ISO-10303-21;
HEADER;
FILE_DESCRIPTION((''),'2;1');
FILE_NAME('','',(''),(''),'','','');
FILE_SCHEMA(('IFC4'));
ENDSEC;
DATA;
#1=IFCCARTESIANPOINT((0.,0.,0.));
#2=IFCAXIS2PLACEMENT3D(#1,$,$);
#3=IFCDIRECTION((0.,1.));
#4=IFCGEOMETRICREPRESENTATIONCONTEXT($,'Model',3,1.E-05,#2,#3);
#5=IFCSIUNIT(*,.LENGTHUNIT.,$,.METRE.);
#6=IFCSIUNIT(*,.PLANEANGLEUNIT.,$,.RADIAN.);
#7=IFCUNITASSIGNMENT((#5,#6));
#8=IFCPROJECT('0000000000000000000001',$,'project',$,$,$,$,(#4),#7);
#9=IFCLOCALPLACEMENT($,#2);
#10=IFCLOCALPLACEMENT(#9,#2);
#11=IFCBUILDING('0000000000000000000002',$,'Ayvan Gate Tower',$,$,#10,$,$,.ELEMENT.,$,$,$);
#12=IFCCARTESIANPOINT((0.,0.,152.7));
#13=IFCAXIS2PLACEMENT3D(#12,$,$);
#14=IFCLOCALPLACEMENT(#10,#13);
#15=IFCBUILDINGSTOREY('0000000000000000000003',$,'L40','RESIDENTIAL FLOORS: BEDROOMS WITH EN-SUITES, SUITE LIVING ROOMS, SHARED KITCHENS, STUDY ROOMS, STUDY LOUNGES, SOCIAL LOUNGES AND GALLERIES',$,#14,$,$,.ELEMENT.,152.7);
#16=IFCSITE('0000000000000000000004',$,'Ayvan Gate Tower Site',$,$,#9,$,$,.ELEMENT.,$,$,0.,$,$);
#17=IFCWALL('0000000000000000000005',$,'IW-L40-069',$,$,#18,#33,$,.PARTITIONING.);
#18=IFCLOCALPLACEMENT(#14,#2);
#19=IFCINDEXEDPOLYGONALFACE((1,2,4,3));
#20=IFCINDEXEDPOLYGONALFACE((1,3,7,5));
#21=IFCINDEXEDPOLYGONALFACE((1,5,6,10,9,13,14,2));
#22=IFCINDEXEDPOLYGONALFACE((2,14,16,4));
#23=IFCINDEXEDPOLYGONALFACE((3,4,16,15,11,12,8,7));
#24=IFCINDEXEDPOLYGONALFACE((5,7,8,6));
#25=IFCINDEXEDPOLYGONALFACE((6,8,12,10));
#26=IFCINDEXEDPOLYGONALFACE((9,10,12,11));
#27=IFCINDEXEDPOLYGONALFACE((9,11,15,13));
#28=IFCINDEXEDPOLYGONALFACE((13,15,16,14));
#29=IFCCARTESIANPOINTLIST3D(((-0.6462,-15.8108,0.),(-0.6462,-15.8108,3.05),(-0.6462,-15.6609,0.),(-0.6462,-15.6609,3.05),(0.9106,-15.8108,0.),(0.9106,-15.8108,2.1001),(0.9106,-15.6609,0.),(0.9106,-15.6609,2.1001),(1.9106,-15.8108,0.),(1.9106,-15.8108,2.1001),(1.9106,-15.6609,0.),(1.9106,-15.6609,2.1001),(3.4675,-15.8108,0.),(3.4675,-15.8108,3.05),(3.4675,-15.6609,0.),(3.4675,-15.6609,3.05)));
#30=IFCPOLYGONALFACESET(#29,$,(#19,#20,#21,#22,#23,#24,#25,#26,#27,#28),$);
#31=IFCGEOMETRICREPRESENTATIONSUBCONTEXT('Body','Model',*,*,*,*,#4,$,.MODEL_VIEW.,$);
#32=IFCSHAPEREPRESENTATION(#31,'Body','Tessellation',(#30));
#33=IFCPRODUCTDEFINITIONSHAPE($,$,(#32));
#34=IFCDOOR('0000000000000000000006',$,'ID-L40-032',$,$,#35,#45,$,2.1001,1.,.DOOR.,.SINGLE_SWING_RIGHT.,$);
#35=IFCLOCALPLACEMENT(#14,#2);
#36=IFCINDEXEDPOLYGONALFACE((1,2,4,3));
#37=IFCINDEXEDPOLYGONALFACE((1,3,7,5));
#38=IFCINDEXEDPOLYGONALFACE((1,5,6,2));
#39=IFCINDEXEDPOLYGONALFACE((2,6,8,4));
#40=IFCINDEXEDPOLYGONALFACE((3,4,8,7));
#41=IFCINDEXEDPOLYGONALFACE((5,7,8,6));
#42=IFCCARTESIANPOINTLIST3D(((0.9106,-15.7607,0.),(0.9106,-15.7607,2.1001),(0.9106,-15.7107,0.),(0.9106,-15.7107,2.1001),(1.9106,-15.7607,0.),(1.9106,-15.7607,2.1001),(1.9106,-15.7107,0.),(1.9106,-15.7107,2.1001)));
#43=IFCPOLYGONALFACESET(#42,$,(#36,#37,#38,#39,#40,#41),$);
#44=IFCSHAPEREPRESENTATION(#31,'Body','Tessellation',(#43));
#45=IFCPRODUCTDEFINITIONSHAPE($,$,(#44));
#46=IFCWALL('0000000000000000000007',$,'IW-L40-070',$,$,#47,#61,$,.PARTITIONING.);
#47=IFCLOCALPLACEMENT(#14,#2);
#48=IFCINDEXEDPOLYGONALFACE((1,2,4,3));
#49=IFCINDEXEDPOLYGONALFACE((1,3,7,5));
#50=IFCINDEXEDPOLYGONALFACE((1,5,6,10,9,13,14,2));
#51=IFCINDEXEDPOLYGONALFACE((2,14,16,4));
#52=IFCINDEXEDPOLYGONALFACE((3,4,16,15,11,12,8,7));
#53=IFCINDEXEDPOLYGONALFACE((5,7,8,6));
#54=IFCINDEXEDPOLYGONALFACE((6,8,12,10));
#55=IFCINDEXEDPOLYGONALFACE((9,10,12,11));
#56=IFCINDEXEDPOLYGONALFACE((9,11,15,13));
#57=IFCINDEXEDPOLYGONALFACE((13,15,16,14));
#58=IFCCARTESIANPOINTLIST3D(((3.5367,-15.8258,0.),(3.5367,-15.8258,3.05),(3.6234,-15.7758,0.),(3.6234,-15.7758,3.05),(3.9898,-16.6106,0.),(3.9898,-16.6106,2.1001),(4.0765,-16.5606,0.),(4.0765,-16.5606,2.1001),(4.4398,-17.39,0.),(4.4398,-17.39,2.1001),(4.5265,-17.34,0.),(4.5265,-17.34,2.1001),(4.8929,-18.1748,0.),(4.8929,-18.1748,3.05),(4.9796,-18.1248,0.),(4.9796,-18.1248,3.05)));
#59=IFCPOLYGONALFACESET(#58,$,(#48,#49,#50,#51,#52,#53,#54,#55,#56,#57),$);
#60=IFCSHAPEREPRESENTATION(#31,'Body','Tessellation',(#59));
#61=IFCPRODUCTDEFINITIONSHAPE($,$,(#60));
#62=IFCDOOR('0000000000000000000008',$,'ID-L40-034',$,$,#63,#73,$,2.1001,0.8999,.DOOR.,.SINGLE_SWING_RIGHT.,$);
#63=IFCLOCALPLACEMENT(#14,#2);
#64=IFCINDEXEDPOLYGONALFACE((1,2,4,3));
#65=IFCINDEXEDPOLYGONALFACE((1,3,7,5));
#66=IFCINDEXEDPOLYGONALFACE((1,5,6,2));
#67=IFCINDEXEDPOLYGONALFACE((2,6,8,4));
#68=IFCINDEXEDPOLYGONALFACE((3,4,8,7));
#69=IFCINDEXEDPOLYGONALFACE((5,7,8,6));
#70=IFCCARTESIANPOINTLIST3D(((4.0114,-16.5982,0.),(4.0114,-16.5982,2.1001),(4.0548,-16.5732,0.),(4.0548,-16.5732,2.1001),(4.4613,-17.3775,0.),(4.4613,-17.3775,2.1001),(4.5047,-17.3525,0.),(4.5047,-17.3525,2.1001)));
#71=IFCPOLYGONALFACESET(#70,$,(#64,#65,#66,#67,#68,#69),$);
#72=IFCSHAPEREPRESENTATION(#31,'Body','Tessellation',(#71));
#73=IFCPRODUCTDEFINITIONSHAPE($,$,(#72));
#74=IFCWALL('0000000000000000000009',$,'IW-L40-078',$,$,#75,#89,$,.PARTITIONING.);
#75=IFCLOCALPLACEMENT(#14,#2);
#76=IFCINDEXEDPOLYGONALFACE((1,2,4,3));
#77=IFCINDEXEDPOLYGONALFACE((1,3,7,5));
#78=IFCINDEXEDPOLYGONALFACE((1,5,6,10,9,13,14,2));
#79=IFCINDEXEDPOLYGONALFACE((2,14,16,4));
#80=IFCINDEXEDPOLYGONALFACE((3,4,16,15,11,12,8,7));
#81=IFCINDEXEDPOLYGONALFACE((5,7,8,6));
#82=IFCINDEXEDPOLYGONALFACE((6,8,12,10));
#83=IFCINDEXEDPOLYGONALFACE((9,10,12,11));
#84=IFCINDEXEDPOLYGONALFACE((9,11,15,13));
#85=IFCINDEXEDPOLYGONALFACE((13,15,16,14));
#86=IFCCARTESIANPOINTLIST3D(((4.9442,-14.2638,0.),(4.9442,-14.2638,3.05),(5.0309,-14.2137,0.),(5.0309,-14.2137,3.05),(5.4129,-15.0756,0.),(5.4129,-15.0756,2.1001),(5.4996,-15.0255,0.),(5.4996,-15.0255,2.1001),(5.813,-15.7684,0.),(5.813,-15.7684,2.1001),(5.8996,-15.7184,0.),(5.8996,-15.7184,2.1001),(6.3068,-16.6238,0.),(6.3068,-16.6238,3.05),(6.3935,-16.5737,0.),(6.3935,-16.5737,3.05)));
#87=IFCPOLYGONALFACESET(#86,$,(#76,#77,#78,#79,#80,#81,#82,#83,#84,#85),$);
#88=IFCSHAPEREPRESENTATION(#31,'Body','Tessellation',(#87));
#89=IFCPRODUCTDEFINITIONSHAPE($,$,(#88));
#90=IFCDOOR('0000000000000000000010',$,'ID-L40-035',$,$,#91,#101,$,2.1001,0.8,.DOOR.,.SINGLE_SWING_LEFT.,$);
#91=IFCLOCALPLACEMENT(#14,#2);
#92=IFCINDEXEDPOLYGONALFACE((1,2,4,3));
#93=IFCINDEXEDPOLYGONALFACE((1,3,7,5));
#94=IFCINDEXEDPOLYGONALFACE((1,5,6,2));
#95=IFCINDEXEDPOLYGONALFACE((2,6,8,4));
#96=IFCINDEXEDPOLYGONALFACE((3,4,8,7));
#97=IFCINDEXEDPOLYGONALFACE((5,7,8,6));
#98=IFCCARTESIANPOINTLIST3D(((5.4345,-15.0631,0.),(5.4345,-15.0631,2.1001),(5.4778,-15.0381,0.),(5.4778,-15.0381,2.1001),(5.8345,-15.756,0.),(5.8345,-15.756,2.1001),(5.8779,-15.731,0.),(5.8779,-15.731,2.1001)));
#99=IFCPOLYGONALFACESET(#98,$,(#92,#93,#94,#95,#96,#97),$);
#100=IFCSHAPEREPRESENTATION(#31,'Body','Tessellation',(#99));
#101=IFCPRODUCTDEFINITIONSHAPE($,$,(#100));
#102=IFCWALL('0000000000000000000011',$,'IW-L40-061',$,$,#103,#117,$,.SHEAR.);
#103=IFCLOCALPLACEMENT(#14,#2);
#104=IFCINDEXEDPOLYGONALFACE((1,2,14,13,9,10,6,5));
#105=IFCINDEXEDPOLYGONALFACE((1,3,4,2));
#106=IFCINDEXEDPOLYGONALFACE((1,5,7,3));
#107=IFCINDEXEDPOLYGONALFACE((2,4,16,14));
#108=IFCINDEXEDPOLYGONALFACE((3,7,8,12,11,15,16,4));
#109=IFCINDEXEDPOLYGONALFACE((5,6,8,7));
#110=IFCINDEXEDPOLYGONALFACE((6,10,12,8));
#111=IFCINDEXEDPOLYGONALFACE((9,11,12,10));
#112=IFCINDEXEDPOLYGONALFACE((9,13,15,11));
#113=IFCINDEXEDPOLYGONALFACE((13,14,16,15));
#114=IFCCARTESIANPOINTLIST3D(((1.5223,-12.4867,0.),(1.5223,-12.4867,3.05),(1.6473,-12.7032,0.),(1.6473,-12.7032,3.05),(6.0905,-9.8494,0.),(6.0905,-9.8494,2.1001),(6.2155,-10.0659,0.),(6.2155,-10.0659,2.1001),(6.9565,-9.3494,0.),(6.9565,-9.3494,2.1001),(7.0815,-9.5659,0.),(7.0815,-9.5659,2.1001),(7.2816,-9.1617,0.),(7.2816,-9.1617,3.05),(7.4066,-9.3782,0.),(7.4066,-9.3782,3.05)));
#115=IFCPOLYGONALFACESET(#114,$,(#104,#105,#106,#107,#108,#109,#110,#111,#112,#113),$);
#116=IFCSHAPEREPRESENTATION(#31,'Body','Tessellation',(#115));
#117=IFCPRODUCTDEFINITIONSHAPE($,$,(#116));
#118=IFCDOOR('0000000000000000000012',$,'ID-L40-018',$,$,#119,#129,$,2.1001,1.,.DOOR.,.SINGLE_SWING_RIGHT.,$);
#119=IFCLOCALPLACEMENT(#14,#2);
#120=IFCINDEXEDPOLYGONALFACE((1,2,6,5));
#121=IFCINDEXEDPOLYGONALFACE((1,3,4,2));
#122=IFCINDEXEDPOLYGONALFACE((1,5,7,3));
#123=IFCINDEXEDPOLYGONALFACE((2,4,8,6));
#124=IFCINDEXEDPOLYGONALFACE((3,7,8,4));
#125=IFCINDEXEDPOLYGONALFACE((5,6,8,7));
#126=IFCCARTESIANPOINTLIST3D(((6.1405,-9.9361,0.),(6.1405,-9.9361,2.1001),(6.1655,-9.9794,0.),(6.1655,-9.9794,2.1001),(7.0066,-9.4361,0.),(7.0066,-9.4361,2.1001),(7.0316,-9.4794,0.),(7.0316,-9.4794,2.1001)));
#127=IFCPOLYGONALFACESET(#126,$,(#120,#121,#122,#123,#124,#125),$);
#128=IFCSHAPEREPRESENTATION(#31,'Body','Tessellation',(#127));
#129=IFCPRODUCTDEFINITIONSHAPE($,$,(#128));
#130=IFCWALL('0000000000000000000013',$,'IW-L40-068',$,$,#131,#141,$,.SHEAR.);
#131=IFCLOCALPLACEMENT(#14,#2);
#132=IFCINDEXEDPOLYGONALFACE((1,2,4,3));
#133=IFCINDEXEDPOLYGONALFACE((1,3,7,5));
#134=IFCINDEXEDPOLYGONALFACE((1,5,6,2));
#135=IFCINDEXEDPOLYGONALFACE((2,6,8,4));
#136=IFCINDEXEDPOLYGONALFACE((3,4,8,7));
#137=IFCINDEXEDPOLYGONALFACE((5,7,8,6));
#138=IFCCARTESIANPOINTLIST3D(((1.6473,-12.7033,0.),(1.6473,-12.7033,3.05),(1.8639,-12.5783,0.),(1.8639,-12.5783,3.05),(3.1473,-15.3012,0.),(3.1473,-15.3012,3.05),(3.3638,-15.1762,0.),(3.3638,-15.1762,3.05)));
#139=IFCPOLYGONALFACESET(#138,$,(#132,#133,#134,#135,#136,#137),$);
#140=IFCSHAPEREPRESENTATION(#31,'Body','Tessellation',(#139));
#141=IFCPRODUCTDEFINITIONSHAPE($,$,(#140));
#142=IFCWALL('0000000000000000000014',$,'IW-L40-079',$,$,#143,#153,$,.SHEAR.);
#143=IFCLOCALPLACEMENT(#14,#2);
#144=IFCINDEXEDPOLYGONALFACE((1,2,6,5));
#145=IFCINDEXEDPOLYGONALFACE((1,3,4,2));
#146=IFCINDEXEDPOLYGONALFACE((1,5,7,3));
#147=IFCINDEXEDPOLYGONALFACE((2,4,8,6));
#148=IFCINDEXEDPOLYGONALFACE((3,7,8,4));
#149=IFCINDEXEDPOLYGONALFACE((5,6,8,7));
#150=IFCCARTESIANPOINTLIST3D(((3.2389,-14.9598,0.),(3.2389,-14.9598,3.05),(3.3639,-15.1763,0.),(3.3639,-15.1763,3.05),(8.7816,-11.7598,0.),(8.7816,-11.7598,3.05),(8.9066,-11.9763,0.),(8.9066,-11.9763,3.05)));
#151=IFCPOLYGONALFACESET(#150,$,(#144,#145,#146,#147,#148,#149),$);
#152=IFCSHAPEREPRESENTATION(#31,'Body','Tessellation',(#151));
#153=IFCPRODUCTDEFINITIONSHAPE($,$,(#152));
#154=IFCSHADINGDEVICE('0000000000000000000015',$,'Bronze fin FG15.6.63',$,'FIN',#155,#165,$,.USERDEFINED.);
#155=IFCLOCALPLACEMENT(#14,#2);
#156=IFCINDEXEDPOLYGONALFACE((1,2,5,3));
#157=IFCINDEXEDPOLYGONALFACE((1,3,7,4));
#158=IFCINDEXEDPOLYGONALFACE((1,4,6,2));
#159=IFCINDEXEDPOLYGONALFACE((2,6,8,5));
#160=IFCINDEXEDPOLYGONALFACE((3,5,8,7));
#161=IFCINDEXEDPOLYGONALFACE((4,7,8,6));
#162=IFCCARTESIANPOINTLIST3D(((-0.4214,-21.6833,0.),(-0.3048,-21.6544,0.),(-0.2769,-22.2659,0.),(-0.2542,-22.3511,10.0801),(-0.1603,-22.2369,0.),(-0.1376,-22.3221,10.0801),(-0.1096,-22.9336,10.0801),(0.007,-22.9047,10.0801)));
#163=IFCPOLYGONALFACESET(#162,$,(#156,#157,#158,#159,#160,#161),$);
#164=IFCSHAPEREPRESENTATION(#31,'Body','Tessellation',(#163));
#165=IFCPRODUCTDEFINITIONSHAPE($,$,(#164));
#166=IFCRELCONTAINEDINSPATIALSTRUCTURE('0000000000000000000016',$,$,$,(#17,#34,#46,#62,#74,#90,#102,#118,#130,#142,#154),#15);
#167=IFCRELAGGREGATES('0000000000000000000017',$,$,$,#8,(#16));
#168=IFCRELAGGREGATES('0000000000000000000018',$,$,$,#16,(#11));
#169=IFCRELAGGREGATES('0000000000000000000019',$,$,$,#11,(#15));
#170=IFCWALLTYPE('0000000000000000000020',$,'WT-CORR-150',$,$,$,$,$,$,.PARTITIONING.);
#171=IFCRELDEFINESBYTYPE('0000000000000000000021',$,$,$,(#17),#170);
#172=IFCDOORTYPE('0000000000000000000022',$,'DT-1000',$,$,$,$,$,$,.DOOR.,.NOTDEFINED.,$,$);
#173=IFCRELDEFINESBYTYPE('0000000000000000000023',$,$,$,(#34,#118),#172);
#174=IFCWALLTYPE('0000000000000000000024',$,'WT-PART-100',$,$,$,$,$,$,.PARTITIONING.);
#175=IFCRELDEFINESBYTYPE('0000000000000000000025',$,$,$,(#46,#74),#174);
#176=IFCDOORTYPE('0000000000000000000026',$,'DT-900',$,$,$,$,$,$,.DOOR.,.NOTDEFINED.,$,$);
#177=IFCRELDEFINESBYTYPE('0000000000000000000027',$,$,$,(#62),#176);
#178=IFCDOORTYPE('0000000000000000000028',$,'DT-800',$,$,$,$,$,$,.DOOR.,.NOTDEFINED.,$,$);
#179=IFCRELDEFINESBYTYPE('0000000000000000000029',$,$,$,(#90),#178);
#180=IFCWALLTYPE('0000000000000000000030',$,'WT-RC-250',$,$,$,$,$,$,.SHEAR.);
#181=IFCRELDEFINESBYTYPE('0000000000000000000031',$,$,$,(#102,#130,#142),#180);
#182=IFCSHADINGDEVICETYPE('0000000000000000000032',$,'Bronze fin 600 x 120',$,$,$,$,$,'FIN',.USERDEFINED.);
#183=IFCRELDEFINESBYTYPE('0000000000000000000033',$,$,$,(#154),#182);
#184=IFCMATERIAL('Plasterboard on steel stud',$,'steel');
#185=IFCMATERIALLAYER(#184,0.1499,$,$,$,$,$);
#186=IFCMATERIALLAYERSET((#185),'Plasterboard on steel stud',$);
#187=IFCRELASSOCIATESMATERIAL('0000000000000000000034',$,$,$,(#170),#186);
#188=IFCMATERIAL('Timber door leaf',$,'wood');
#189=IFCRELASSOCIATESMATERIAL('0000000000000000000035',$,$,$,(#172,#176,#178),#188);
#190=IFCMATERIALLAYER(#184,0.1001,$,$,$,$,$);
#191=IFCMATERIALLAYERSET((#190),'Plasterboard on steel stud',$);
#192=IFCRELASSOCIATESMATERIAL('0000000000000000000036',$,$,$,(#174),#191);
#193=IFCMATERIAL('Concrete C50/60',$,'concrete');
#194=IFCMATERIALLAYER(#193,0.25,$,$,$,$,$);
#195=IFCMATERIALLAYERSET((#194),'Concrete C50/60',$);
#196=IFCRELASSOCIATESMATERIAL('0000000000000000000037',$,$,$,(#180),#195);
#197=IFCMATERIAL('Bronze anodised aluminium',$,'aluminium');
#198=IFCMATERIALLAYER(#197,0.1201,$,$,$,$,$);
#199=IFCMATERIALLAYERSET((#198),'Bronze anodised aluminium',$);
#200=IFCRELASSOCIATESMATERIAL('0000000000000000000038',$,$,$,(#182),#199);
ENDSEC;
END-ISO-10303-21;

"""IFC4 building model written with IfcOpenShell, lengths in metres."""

from ifc_helpers import new_model, si_unit, direction, frame, frame_2d, origin, place, context, subcontext, project, spatial, polyline, rectangle, outline, extrude, material, layer, layer_set, type_object, element, fill, save


model = new_model("IFC4")

# Units and contexts
model_context = context("Model", 3, precision=1e-05, world=origin(), true_north=direction((0.0, 1.0)))
body_context = subcontext(model_context, "Body", "Model", "MODEL_VIEW")
ifc_project = project(units=[si_unit("LENGTHUNIT", "METRE"), si_unit("PLANEANGLEUNIT", "RADIAN")], contexts=[model_context])

# Site, building, storey
site_placement = place(None, origin())
site = spatial("IfcSite", under=ifc_project, at=site_placement, Name="Ayvan Gate Tower Site", CompositionType="ELEMENT", RefElevation=0.0)
building_placement = place(site_placement, origin())
building = spatial("IfcBuilding", under=site, at=building_placement, Name="Ayvan Gate Tower", CompositionType="ELEMENT")
storey_placement = place(building_placement, frame((0.0, 0.0, 152.7)))
storey = spatial("IfcBuildingStorey", under=building, at=storey_placement, Name="L40", Description="RESIDENTIAL FLOORS: BEDROOMS WITH EN-SUITES, SUITE LIVING ROOMS, SHARED KITCHENS, STUDY ROOMS, STUDY LOUNGES, SOCIAL LOUNGES AND GALLERIES", CompositionType="ELEMENT", Elevation=152.7)

# Shared definitions
ifc_material_1 = material(Name="Bronze anodised aluminium", Category="aluminium")

# Shared definitions
ifc_material_2 = material(Name="Plasterboard on steel stud", Category="steel")
ifc_layer_1 = layer(ifc_material_2, 0.1499)
ifc_layer_set_1 = layer_set([ifc_layer_1], Name="Plasterboard on steel stud")
wall_type_1 = type_object("IfcWallType", Name="WT-CORR-150", PredefinedType="PARTITIONING", material=ifc_layer_set_1)

# Walls, openings, doors
wall_1_placement = place(storey_placement, frame((3.4675, -15.7358, 0.0), z_axis=(0.0, 0.0, 1.0), x_axis=(-1.0, 0.0, 0.0)))
wall_1 = element("IfcWall", 1, at=wall_1_placement, inside=storey, type_object=wall_type_1, Name="IW-L40-069", PredefinedType="PARTITIONING", context=body_context, shape_type="SweptSolid", body=[
    extrude(rectangle(XDim=4.1138, YDim=0.1499, at=frame_2d((2.0569, 0.0))), origin(), (0.0, 0.0, 1.0), 3.05),
])
opening_1_placement = place(wall_1_placement, frame((1.5569, 0.0, 0.0)))
opening_1 = element("IfcOpeningElement", 2, at=opening_1_placement, cuts=wall_1, PredefinedType="OPENING", context=body_context, shape_type="SweptSolid", body=[
    extrude(rectangle(XDim=1.0, YDim=2.1001, at=frame_2d((0.5, 1.05))), frame((0.0, 0.085, 0.0), z_axis=(0.0, -1.0, 0.0), x_axis=(1.0, 0.0, 0.0)), (0.0, 0.0, 1.0), 0.1699),
])
ifc_material_3 = material(Name="Timber door leaf", Category="wood")
door_type_1 = type_object("IfcDoorType", Name="DT-1000", OperationType="NOTDEFINED", PredefinedType="DOOR", material=ifc_material_3)
door_1_placement = place(opening_1_placement, origin())
door_1 = element("IfcDoor", 3, at=door_1_placement, inside=storey, type_object=door_type_1, Name="ID-L40-032", OperationType="SINGLE_SWING_RIGHT", OverallHeight=2.1001, OverallWidth=1.0, PredefinedType="DOOR", context=body_context, shape_type="SweptSolid", body=[
    extrude(rectangle(XDim=1.0, YDim=2.1001, at=frame_2d((0.5, 1.05))), frame((0.0, 0.0249, 0.0), z_axis=(0.0, -1.0, 0.0), x_axis=(1.0, 0.0, 0.0)), (0.0, 0.0, 1.0), 0.05),
])
fill(opening_1, door_1)
ifc_layer_2 = layer(ifc_material_2, 0.1001)
ifc_layer_set_2 = layer_set([ifc_layer_2], Name="Plasterboard on steel stud")
wall_type_2 = type_object("IfcWallType", Name="WT-PART-100", PredefinedType="PARTITIONING", material=ifc_layer_set_2)
wall_2_placement = place(storey_placement, frame((3.5801, -15.8008, 0.0), z_axis=(0.0, 0.0, 1.0), x_axis=(0.499982, -0.866036, 0.0)))
wall_2 = element("IfcWall", 4, at=wall_2_placement, inside=storey, type_object=wall_type_2, Name="IW-L40-070", PredefinedType="PARTITIONING", context=body_context, shape_type="SweptSolid", body=[
    extrude(rectangle(XDim=2.7124, YDim=0.1001, at=frame_2d((1.3562, 0.0))), origin(), (0.0, 0.0, 1.0), 3.05),
])
opening_2_placement = place(wall_2_placement, frame((0.9062, 0.0, 0.0)))
opening_2 = element("IfcOpeningElement", 5, at=opening_2_placement, cuts=wall_2, PredefinedType="OPENING", context=body_context, shape_type="SweptSolid", body=[
    extrude(rectangle(XDim=0.8999, YDim=2.1001, at=frame_2d((0.45, 1.05))), frame((0.0, 0.0601, 0.0), z_axis=(0.0, -1.0, 0.0), x_axis=(1.0, 0.0, 0.0)), (0.0, 0.0, 1.0), 0.1201),
])
door_type_2 = type_object("IfcDoorType", Name="DT-900", OperationType="NOTDEFINED", PredefinedType="DOOR", material=ifc_material_3)
door_2_placement = place(opening_2_placement, origin())
door_2 = element("IfcDoor", 6, at=door_2_placement, inside=storey, type_object=door_type_2, Name="ID-L40-034", OperationType="SINGLE_SWING_RIGHT", OverallHeight=2.1001, OverallWidth=0.8999, PredefinedType="DOOR", context=body_context, shape_type="SweptSolid", body=[
    extrude(rectangle(XDim=0.8999, YDim=2.1001, at=frame_2d((0.45, 1.05))), frame((0.0, 0.0249, 0.0), z_axis=(0.0, -1.0, 0.0), x_axis=(1.0, 0.0, 0.0)), (0.0, 0.0, 1.0), 0.05),
])
fill(opening_2, door_2)
wall_3_placement = place(storey_placement, frame((4.9875, -14.2388, 0.0), z_axis=(0.0, 0.0, 1.0), x_axis=(0.500022, -0.866013, 0.0)))
wall_3 = element("IfcWall", 7, at=wall_3_placement, inside=storey, type_object=wall_type_2, Name="IW-L40-078", PredefinedType="PARTITIONING", context=body_context, shape_type="SweptSolid", body=[
    extrude(rectangle(XDim=2.7251, YDim=0.1001, at=frame_2d((1.3625, 0.0))), origin(), (0.0, 0.0, 1.0), 3.05),
])
opening_3_placement = place(wall_3_placement, frame((0.9375, 0.0, 0.0)))
opening_3 = element("IfcOpeningElement", 8, at=opening_3_placement, cuts=wall_3, PredefinedType="OPENING", context=body_context, shape_type="SweptSolid", body=[
    extrude(rectangle(XDim=0.8, YDim=2.1001, at=frame_2d((0.3999, 1.05))), frame((0.0, 0.0601, 0.0), z_axis=(0.0, -1.0, 0.0), x_axis=(1.0, 0.0, 0.0)), (0.0, 0.0, 1.0), 0.1201),
])
door_type_3 = type_object("IfcDoorType", Name="DT-800", OperationType="NOTDEFINED", PredefinedType="DOOR", material=ifc_material_3)
door_3_placement = place(opening_3_placement, origin())
door_3 = element("IfcDoor", 9, at=door_3_placement, inside=storey, type_object=door_type_3, Name="ID-L40-035", OperationType="SINGLE_SWING_LEFT", OverallHeight=2.1001, OverallWidth=0.8, PredefinedType="DOOR", context=body_context, shape_type="SweptSolid", body=[
    extrude(rectangle(XDim=0.8, YDim=2.1001, at=frame_2d((0.3999, 1.05))), frame((0.0, 0.0249, 0.0), z_axis=(0.0, -1.0, 0.0), x_axis=(1.0, 0.0, 0.0)), (0.0, 0.0, 1.0), 0.05),
])
fill(opening_3, door_3)
ifc_material_4 = material(Name="Concrete C50/60", Category="concrete")
ifc_layer_3 = layer(ifc_material_4, 0.25)
ifc_layer_set_3 = layer_set([ifc_layer_3], Name="Concrete C50/60")
wall_type_3 = type_object("IfcWallType", Name="WT-RC-250", PredefinedType="SHEAR", material=ifc_layer_set_3)
wall_4_placement = place(storey_placement, frame((1.5847, -12.595, 0.0), z_axis=(0.0, 0.0, 1.0), x_axis=(0.866036, 0.499981, 0.0)))
wall_4 = element("IfcWall", 10, at=wall_4_placement, inside=storey, type_object=wall_type_3, Name="IW-L40-061", PredefinedType="SHEAR", context=body_context, shape_type="SweptSolid", body=[
    extrude(rectangle(XDim=6.6501, YDim=0.25, at=frame_2d((3.3252, 0.0))), origin(), (0.0, 0.0, 1.0), 3.05),
])
opening_4_placement = place(wall_4_placement, frame((5.2749, 0.0, 0.0)))
opening_4 = element("IfcOpeningElement", 11, at=opening_4_placement, cuts=wall_4, PredefinedType="OPENING", context=body_context, shape_type="SweptSolid", body=[
    extrude(rectangle(XDim=1.0, YDim=2.1001, at=frame_2d((0.5, 1.05))), frame((0.0, 0.135, 0.0), z_axis=(0.0, -1.0, 0.0), x_axis=(1.0, 0.0, 0.0)), (0.0, 0.0, 1.0), 0.27),
])
door_4_placement = place(opening_4_placement, origin())
door_4 = element("IfcDoor", 12, at=door_4_placement, inside=storey, type_object=door_type_1, Name="ID-L40-018", OperationType="SINGLE_SWING_RIGHT", OverallHeight=2.1001, OverallWidth=1.0, PredefinedType="DOOR", context=body_context, shape_type="SweptSolid", body=[
    extrude(rectangle(XDim=1.0, YDim=2.1001, at=frame_2d((0.5, 1.05))), frame((0.0, 0.0249, 0.0), z_axis=(0.0, -1.0, 0.0), x_axis=(1.0, 0.0, 0.0)), (0.0, 0.0, 1.0), 0.05),
])
fill(opening_4, door_4)

# Walls
wall_5_placement = place(storey_placement, frame((3.2556, -15.2388, 0.0), z_axis=(0.0, 0.0, 1.0), x_axis=(-0.500025, 0.866011, 0.0)))
element("IfcWall", 13, at=wall_5_placement, inside=storey, type_object=wall_type_3, Name="IW-L40-068", PredefinedType="SHEAR", context=body_context, shape_type="SweptSolid", body=[
    extrude(rectangle(XDim=2.9998, YDim=0.25, at=frame_2d((1.5, 0.0))), origin(), (0.0, 0.0, 1.0), 3.05),
])
wall_6_placement = place(storey_placement, frame((3.3013, -15.0681, 0.0), z_axis=(0.0, 0.0, 1.0), x_axis=(0.866035, 0.499983, 0.0)))
element("IfcWall", 14, at=wall_6_placement, inside=storey, type_object=wall_type_3, Name="IW-L40-079", PredefinedType="SHEAR", context=body_context, shape_type="SweptSolid", body=[
    extrude(rectangle(XDim=6.4001, YDim=0.25, at=frame_2d((3.2002, 0.0))), origin(), (0.0, 0.0, 1.0), 3.05),
])

# Shading device
ifc_layer_4 = layer(ifc_material_1, 0.1201)
ifc_layer_set_4 = layer_set([ifc_layer_4], Name="Bronze anodised aluminium")
shading_device_type = type_object("IfcShadingDeviceType", Name="Bronze fin 600 x 120", ElementType="FIN", PredefinedType="USERDEFINED", material=ifc_layer_set_4)
shading_device_1_placement = place(storey_placement, frame((-0.4214, -21.6833, 0.0), z_axis=(-0.970572, -0.240812, 0.000151), x_axis=(0.240812, -0.970572, 0.0)))
element("IfcShadingDevice", 15, at=shading_device_1_placement, inside=storey, type_object=shading_device_type, Name="Bronze fin FG15.6.63", ObjectType="FIN", PredefinedType="USERDEFINED", context=body_context, shape_type="SweptSolid", body=[
    extrude(outline(polyline([(0.0, 0.0), (0.6002, 0.0), (1.2885, 10.0801), (0.6883, 10.0801), (0.0, 0.0)])), origin(), (0.0, 0.0, -1.0), 0.1201),
])

save(model, "model.ifc")
